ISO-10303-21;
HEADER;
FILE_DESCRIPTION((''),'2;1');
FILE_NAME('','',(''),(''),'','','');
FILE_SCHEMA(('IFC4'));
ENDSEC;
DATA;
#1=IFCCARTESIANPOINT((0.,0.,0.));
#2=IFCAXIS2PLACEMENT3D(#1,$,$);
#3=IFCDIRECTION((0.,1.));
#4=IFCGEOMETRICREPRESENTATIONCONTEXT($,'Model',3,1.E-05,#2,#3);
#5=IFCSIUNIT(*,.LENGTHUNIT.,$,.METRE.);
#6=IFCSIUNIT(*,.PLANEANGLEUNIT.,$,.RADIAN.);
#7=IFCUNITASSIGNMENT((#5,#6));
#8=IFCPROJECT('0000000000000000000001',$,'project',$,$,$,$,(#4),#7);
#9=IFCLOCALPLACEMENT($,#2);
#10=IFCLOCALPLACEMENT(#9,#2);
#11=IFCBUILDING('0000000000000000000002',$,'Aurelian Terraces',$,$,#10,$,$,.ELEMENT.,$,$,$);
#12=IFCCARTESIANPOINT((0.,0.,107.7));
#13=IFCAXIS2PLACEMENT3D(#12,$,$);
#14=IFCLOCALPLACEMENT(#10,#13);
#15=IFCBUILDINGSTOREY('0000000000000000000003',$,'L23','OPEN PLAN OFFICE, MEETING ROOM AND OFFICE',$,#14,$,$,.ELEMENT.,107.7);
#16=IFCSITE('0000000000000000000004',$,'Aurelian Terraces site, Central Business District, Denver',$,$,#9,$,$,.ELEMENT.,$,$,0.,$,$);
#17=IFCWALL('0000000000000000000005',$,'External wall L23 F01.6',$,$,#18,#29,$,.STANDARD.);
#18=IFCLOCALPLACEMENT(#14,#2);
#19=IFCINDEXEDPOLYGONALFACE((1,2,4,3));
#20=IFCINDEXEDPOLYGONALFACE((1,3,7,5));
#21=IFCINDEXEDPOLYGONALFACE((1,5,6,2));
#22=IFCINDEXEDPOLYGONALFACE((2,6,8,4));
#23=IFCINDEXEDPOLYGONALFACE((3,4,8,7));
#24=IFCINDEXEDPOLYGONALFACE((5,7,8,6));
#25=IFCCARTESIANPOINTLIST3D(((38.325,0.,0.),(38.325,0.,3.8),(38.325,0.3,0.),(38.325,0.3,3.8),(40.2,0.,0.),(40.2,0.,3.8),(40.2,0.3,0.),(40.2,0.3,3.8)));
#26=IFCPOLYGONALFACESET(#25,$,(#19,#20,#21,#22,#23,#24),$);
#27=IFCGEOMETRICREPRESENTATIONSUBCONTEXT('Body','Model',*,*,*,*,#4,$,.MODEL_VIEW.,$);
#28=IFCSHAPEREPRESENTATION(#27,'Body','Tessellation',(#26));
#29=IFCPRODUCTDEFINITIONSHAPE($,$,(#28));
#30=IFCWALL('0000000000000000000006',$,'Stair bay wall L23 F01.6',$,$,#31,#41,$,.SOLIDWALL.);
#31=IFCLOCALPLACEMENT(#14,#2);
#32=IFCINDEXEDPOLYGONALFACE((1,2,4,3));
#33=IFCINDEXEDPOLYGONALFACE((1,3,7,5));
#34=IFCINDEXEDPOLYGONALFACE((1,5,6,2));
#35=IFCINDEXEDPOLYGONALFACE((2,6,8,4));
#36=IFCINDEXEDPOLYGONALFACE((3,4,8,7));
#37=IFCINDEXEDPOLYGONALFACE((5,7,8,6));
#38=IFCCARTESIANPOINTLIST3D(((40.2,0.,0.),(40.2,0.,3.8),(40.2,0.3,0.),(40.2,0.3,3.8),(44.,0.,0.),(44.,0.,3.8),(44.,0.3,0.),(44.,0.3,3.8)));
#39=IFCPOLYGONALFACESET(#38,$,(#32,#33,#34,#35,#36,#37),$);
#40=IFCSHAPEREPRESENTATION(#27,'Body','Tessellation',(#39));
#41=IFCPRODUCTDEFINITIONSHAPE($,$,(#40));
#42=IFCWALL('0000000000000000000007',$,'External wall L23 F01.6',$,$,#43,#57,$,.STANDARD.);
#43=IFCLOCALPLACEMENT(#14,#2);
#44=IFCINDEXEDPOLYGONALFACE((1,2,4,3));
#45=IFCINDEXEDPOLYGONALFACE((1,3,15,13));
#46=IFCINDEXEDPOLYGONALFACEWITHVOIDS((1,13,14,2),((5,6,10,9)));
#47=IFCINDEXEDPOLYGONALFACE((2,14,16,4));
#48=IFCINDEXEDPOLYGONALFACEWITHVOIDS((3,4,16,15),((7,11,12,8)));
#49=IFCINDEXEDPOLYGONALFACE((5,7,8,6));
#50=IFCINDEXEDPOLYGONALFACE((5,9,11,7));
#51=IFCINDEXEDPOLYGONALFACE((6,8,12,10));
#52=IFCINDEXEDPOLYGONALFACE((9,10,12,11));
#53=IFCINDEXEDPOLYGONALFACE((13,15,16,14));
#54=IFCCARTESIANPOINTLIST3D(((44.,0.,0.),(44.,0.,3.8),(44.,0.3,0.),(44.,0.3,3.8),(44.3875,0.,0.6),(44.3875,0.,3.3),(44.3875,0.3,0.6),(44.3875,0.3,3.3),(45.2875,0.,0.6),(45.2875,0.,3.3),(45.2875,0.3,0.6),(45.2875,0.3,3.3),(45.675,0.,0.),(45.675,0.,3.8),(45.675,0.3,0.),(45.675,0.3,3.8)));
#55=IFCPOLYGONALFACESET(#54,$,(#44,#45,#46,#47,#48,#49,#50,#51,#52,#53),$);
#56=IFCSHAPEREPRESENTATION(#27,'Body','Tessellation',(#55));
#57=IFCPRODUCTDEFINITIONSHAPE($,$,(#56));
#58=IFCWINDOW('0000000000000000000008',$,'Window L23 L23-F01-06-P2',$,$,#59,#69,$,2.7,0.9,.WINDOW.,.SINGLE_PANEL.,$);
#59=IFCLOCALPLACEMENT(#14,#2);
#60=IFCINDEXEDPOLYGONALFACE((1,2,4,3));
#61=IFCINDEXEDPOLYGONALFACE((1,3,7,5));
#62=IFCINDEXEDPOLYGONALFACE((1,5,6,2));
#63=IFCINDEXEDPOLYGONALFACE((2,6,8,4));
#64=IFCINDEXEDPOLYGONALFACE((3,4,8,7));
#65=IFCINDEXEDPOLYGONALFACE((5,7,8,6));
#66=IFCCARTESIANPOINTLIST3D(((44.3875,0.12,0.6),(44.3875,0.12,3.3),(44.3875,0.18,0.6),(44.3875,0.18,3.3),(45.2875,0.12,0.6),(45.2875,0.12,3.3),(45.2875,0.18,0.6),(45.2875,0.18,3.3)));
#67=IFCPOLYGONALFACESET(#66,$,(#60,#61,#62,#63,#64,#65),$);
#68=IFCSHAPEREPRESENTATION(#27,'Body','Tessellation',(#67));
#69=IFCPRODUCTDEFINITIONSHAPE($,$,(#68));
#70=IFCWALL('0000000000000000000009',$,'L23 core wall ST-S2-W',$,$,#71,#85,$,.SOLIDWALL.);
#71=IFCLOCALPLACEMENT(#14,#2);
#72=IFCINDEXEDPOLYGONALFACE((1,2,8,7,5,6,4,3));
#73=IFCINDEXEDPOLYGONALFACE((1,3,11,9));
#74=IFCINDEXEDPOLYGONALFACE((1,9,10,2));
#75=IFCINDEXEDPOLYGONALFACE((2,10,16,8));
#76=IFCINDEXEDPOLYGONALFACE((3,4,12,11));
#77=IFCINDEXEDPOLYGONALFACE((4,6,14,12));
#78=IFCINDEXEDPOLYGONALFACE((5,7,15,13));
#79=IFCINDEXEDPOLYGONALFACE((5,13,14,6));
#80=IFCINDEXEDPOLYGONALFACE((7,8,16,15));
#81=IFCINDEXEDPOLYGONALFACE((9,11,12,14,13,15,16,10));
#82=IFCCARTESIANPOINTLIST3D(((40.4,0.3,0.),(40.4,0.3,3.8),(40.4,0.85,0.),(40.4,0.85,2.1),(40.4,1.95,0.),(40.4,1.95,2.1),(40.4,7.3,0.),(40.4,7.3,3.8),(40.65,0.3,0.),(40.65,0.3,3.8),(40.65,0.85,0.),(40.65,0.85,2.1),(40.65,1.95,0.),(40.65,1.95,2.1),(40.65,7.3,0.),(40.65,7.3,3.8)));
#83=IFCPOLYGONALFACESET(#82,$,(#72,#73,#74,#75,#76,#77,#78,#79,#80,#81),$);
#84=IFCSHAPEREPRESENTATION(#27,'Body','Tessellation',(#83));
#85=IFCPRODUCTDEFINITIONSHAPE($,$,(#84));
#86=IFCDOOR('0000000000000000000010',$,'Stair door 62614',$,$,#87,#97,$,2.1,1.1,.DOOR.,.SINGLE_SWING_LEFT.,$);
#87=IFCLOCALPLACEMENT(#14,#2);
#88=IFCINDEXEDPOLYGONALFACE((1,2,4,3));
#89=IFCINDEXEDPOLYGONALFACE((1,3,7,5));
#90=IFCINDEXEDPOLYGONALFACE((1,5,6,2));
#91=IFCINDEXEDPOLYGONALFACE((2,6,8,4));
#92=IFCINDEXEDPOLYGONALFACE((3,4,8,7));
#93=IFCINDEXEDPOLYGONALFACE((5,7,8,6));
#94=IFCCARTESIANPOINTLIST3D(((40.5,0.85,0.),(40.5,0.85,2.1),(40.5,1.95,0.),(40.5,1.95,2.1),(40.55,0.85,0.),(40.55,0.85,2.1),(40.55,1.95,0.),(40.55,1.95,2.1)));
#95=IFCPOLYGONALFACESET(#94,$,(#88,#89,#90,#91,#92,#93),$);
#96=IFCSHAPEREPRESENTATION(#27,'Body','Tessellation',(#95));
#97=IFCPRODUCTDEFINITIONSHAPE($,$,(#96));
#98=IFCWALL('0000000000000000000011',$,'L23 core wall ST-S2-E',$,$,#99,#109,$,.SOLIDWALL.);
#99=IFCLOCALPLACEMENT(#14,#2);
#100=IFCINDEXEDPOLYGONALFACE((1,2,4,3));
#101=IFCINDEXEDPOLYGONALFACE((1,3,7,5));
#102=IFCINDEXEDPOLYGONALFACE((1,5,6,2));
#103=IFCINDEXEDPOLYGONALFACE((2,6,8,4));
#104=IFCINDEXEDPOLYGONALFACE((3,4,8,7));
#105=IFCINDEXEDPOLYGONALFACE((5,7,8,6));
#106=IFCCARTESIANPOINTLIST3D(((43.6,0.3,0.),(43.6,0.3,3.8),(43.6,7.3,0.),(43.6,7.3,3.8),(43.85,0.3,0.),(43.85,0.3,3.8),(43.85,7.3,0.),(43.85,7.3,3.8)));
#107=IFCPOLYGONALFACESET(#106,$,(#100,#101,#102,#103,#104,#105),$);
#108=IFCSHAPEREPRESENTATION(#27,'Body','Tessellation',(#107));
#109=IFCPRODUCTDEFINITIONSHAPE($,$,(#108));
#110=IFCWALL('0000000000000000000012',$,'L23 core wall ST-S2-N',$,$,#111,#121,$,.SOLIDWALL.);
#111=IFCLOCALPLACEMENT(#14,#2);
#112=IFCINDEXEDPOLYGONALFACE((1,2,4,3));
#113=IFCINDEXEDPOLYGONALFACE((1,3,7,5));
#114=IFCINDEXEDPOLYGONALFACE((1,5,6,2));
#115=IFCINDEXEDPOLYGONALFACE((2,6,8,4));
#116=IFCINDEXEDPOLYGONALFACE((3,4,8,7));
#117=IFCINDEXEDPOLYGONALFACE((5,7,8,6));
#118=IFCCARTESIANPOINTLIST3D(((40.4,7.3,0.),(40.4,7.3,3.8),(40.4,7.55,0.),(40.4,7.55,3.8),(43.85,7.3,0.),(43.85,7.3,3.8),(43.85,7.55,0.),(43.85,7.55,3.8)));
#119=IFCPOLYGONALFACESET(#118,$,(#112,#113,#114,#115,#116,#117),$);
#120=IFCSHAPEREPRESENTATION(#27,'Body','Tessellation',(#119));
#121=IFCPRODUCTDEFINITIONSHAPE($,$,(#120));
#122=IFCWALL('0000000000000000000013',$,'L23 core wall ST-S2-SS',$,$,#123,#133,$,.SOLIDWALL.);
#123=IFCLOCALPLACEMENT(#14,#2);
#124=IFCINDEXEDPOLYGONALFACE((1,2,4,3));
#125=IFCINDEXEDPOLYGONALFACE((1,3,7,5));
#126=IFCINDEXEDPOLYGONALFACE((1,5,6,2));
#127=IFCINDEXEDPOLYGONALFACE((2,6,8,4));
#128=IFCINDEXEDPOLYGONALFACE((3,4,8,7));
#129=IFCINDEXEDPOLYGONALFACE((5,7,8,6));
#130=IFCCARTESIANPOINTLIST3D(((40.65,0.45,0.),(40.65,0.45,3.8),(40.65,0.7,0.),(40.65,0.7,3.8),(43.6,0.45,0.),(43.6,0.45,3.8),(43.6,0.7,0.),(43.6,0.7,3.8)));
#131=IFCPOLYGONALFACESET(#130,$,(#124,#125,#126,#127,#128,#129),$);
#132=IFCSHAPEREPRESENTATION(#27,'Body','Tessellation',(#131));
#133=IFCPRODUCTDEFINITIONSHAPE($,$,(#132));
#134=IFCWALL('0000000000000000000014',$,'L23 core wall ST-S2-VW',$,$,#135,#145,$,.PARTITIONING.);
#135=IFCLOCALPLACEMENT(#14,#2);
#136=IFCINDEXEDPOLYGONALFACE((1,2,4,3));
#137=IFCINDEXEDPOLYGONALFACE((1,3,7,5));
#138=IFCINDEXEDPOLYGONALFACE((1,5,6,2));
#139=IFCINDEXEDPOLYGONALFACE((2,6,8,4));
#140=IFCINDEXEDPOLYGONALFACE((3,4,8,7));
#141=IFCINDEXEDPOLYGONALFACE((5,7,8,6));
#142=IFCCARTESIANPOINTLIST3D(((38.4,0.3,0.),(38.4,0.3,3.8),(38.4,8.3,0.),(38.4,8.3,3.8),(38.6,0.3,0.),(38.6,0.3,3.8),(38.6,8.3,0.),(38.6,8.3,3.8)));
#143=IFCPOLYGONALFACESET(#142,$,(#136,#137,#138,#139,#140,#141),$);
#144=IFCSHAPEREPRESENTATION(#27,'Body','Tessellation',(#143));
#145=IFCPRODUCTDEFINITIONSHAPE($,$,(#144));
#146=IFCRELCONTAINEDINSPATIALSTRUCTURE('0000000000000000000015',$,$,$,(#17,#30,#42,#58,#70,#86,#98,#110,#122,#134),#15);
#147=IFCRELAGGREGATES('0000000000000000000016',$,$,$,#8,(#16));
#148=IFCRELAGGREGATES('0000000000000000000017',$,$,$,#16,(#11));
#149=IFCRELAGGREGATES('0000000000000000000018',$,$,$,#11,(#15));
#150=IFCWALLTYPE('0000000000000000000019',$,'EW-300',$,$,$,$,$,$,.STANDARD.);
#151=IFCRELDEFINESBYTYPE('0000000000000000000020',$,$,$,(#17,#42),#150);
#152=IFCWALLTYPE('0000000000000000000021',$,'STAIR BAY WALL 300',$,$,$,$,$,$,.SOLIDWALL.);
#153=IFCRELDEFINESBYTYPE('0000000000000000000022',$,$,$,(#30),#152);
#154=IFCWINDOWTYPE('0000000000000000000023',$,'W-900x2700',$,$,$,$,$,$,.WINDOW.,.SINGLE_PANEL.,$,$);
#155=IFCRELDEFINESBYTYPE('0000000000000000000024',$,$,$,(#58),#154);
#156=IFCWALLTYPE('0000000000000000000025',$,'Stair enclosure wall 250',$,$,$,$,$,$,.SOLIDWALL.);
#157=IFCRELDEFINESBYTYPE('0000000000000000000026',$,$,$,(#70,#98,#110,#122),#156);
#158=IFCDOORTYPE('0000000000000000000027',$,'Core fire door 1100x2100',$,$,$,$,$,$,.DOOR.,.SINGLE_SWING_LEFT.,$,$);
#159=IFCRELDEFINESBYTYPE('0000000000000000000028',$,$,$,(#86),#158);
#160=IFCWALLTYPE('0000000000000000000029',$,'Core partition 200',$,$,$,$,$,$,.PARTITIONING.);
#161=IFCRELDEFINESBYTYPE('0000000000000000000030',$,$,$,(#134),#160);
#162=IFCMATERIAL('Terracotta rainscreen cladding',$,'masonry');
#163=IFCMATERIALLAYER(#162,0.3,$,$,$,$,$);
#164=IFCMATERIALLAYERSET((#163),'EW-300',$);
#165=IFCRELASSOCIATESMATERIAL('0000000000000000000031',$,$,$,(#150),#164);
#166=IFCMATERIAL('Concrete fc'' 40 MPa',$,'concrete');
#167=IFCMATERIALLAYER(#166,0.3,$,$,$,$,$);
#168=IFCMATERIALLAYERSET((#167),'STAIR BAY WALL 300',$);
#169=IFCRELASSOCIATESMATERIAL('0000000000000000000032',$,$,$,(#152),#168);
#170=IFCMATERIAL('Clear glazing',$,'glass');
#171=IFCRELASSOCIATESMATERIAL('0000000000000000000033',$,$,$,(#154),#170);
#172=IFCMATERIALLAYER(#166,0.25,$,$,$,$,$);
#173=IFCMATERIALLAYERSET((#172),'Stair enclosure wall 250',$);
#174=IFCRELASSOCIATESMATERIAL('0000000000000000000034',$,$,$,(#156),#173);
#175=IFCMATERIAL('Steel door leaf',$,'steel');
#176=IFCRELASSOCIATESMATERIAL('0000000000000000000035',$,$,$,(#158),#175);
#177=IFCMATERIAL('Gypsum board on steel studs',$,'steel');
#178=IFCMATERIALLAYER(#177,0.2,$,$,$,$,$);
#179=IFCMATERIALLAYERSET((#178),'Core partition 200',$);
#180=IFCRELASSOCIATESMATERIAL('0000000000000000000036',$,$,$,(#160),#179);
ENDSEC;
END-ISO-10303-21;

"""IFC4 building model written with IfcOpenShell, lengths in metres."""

from ifc_helpers import new_model, si_unit, direction, frame, frame_2d, origin, place, context, subcontext, project, spatial, rectangle, extrude, source, transform, mapped, material, layer, layer_set, type_object, element, fill, save


model = new_model("IFC4")

# Units and contexts
model_context = context("Model", 3, precision=1e-05, world=origin(), true_north=direction((0.0, 1.0)))
body_context = subcontext(model_context, "Body", "Model", "MODEL_VIEW")
ifc_project = project(units=[si_unit("LENGTHUNIT", "METRE"), si_unit("PLANEANGLEUNIT", "RADIAN")], contexts=[model_context])

# Site, building, storey
site_placement = place(None, origin())
site = spatial("IfcSite", under=ifc_project, at=site_placement, Name="Aurelian Terraces site, Central Business District, Denver", CompositionType="ELEMENT", RefElevation=0.0)
building_placement = place(site_placement, origin())
building = spatial("IfcBuilding", under=site, at=building_placement, Name="Aurelian Terraces", CompositionType="ELEMENT")
storey_placement = place(building_placement, frame((0.0, 0.0, 107.7)))
storey = spatial("IfcBuildingStorey", under=building, at=storey_placement, Name="L23", Description="OPEN PLAN OFFICE, MEETING ROOM AND OFFICE", CompositionType="ELEMENT", Elevation=107.7)

# Walls
ifc_material_1 = material(Name="Terracotta rainscreen cladding", Category="masonry")
ifc_layer_1 = layer(ifc_material_1, 0.3)
ifc_layer_set_1 = layer_set([ifc_layer_1], Name="EW-300")
wall_type_1 = type_object("IfcWallType", Name="EW-300", PredefinedType="STANDARD", material=ifc_layer_set_1)
wall_1_placement = place(storey_placement, frame((38.325, 0.15, 0.0), z_axis=(0.0, 0.0, 1.0), x_axis=(1.0, 0.0, 0.0)))
element("IfcWall", 1, at=wall_1_placement, inside=storey, type_object=wall_type_1, Name="External wall L23 F01.6", PredefinedType="STANDARD", context=body_context, shape_type="SweptSolid", body=[
    extrude(rectangle(XDim=1.875, YDim=0.3, at=frame_2d((0.9375, 0.0))), origin(), (0.0, 0.0, 1.0), 3.8),
])
ifc_material_2 = material(Name="Concrete fc' 40 MPa", Category="concrete")
ifc_layer_2 = layer(ifc_material_2, 0.3)
ifc_layer_set_2 = layer_set([ifc_layer_2], Name="STAIR BAY WALL 300")
wall_type_2 = type_object("IfcWallType", Name="STAIR BAY WALL 300", PredefinedType="SOLIDWALL", material=ifc_layer_set_2)
shared_shape_1 = source(origin(), body_context, "Body", "SweptSolid", [
    extrude(rectangle(XDim=3.8, YDim=0.3, at=frame_2d((1.9, 0.0))), origin(), (0.0, 0.0, 1.0), 3.8),
])
wall_2_placement = place(storey_placement, frame((40.2, 0.15, 0.0), z_axis=(0.0, 0.0, 1.0), x_axis=(1.0, 0.0, 0.0)))
element("IfcWall", 2, at=wall_2_placement, inside=storey, type_object=wall_type_2, Name="Stair bay wall L23 F01.6", PredefinedType="SOLIDWALL", context=body_context, shape_type="MappedRepresentation", body=[
    mapped(shared_shape_1, transform((0.0, 0.0, 0.0), scale=1.0)),
])

# Wall, opening, window
shared_shape_2 = source(origin(), body_context, "Body", "SweptSolid", [
    extrude(rectangle(XDim=1.675, YDim=0.3, at=frame_2d((0.8375, 0.0))), origin(), (0.0, 0.0, 1.0), 3.8),
])
wall_3_placement = place(storey_placement, frame((44.0, 0.15, 0.0), z_axis=(0.0, 0.0, 1.0), x_axis=(1.0, 0.0, 0.0)))
wall_3 = element("IfcWall", 3, at=wall_3_placement, inside=storey, type_object=wall_type_1, Name="External wall L23 F01.6", PredefinedType="STANDARD", context=body_context, shape_type="MappedRepresentation", body=[
    mapped(shared_shape_2, transform((0.0, 0.0, 0.0), scale=1.0)),
])
shared_shape_3 = source(origin(), body_context, "Body", "SweptSolid", [
    extrude(rectangle(XDim=0.9, YDim=2.7, at=frame_2d((0.45, 1.35))), frame((0.0, 0.16, 0.0), z_axis=(0.0, -1.0, 0.0), x_axis=(1.0, 0.0, 0.0)), (0.0, 0.0, 1.0), 0.32),
])
opening_1_placement = place(wall_3_placement, frame((0.3875, 0.0, 0.6)))
opening_1 = element("IfcOpeningElement", 4, at=opening_1_placement, cuts=wall_3, PredefinedType="OPENING", context=body_context, shape_type="MappedRepresentation", body=[
    mapped(shared_shape_3, transform((0.0, 0.0, 0.0), scale=1.0)),
])
ifc_material_3 = material(Name="Clear glazing", Category="glass")
window_type = type_object("IfcWindowType", Name="W-900x2700", PartitioningType="SINGLE_PANEL", PredefinedType="WINDOW", material=ifc_material_3)
shared_shape_4 = source(origin(), body_context, "Body", "SweptSolid", [
    extrude(rectangle(XDim=0.9, YDim=2.7, at=frame_2d((0.45, 1.35))), frame((0.0, 0.03, 0.0), z_axis=(0.0, -1.0, 0.0), x_axis=(1.0, 0.0, 0.0)), (0.0, 0.0, 1.0), 0.06),
])
window_placement = place(opening_1_placement, origin())
window = element("IfcWindow", 5, at=window_placement, inside=storey, type_object=window_type, Name="Window L23 L23-F01-06-P2", OverallHeight=2.7, OverallWidth=0.9, PartitioningType="SINGLE_PANEL", PredefinedType="WINDOW", context=body_context, shape_type="MappedRepresentation", body=[
    mapped(shared_shape_4, transform((0.0, 0.0, 0.0), scale=1.0)),
])
fill(opening_1, window)

# Wall, opening, door
ifc_layer_3 = layer(ifc_material_2, 0.25)
ifc_layer_set_3 = layer_set([ifc_layer_3], Name="Stair enclosure wall 250")
wall_type_3 = type_object("IfcWallType", Name="Stair enclosure wall 250", PredefinedType="SOLIDWALL", material=ifc_layer_set_3)
shared_shape_5 = source(origin(), body_context, "Body", "SweptSolid", [
    extrude(rectangle(XDim=7.0, YDim=0.25, at=frame_2d((3.5, 0.0))), origin(), (0.0, 0.0, 1.0), 3.8),
])
wall_4_placement = place(storey_placement, frame((40.525, 0.3, 0.0), z_axis=(0.0, 0.0, 1.0), x_axis=(0.0, 1.0, 0.0)))
wall_4 = element("IfcWall", 6, at=wall_4_placement, inside=storey, type_object=wall_type_3, Name="L23 core wall ST-S2-W", PredefinedType="SOLIDWALL", context=body_context, shape_type="MappedRepresentation", body=[
    mapped(shared_shape_5, transform((0.0, 0.0, 0.0), scale=1.0)),
])
shared_shape_6 = source(origin(), body_context, "Body", "SweptSolid", [
    extrude(rectangle(XDim=1.1, YDim=2.1, at=frame_2d((0.55, 1.05))), frame((0.0, 0.135, 0.0), z_axis=(0.0, -1.0, 0.0), x_axis=(1.0, 0.0, 0.0)), (0.0, 0.0, 1.0), 0.27),
])
opening_2_placement = place(wall_4_placement, frame((0.55, 0.0, 0.0)))
opening_2 = element("IfcOpeningElement", 7, at=opening_2_placement, cuts=wall_4, PredefinedType="OPENING", context=body_context, shape_type="MappedRepresentation", body=[
    mapped(shared_shape_6, transform((0.0, 0.0, 0.0), scale=1.0)),
])
ifc_material_4 = material(Name="Steel door leaf", Category="steel")
door_type_1 = type_object("IfcDoorType", Name="Core fire door 1100x2100", OperationType="SINGLE_SWING_LEFT", PredefinedType="DOOR", material=ifc_material_4)
shared_shape_7 = source(origin(), body_context, "Body", "SweptSolid", [
    extrude(rectangle(XDim=1.1, YDim=2.1, at=frame_2d((0.55, 1.05))), frame((0.0, 0.025, 0.0), z_axis=(0.0, -1.0, 0.0), x_axis=(1.0, 0.0, 0.0)), (0.0, 0.0, 1.0), 0.05),
])
door_1_placement = place(opening_2_placement, origin())
door_1 = element("IfcDoor", 8, at=door_1_placement, inside=storey, type_object=door_type_1, Name="Stair door 62614", OperationType="SINGLE_SWING_LEFT", OverallHeight=2.1, OverallWidth=1.1, PredefinedType="DOOR", context=body_context, shape_type="MappedRepresentation", body=[
    mapped(shared_shape_7, transform((0.0, 0.0, 0.0), scale=1.0)),
])
fill(opening_2, door_1)

# Walls
wall_5_placement = place(storey_placement, frame((43.725, 0.3, 0.0), z_axis=(0.0, 0.0, 1.0), x_axis=(0.0, 1.0, 0.0)))
element("IfcWall", 9, at=wall_5_placement, inside=storey, type_object=wall_type_3, Name="L23 core wall ST-S2-E", PredefinedType="SOLIDWALL", context=body_context, shape_type="MappedRepresentation", body=[
    mapped(shared_shape_5, transform((0.0, 0.0, 0.0), scale=1.0)),
])
shared_shape_8 = source(origin(), body_context, "Body", "SweptSolid", [
    extrude(rectangle(XDim=3.45, YDim=0.25, at=frame_2d((1.725, 0.0))), origin(), (0.0, 0.0, 1.0), 3.8),
])
wall_6_placement = place(storey_placement, frame((40.4, 7.425, 0.0), z_axis=(0.0, 0.0, 1.0), x_axis=(1.0, 0.0, 0.0)))
element("IfcWall", 10, at=wall_6_placement, inside=storey, type_object=wall_type_3, Name="L23 core wall ST-S2-N", PredefinedType="SOLIDWALL", context=body_context, shape_type="MappedRepresentation", body=[
    mapped(shared_shape_8, transform((0.0, 0.0, 0.0), scale=1.0)),
])
shared_shape_9 = source(origin(), body_context, "Body", "SweptSolid", [
    extrude(rectangle(XDim=2.95, YDim=0.25, at=frame_2d((1.475, 0.0))), origin(), (0.0, 0.0, 1.0), 3.8),
])
wall_7_placement = place(storey_placement, frame((40.65, 0.575, 0.0), z_axis=(0.0, 0.0, 1.0), x_axis=(1.0, 0.0, 0.0)))
element("IfcWall", 11, at=wall_7_placement, inside=storey, type_object=wall_type_3, Name="L23 core wall ST-S2-SS", PredefinedType="SOLIDWALL", context=body_context, shape_type="MappedRepresentation", body=[
    mapped(shared_shape_9, transform((0.0, 0.0, 0.0), scale=1.0)),
])
ifc_material_5 = material(Name="Gypsum board on steel studs", Category="steel")
ifc_layer_4 = layer(ifc_material_5, 0.2)
ifc_layer_set_4 = layer_set([ifc_layer_4], Name="Core partition 200")
wall_type_4 = type_object("IfcWallType", Name="Core partition 200", PredefinedType="PARTITIONING", material=ifc_layer_set_4)
shared_shape_10 = source(origin(), body_context, "Body", "SweptSolid", [
    extrude(rectangle(XDim=8.0, YDim=0.2, at=frame_2d((4.0, 0.0))), origin(), (0.0, 0.0, 1.0), 3.8),
])
wall_8_placement = place(storey_placement, frame((38.5, 0.3, 0.0), z_axis=(0.0, 0.0, 1.0), x_axis=(0.0, 1.0, 0.0)))
element("IfcWall", 12, at=wall_8_placement, inside=storey, type_object=wall_type_4, Name="L23 core wall ST-S2-VW", PredefinedType="PARTITIONING", context=body_context, shape_type="MappedRepresentation", body=[
    mapped(shared_shape_10, transform((0.0, 0.0, 0.0), scale=1.0)),
])

save(model, "model.ifc")
